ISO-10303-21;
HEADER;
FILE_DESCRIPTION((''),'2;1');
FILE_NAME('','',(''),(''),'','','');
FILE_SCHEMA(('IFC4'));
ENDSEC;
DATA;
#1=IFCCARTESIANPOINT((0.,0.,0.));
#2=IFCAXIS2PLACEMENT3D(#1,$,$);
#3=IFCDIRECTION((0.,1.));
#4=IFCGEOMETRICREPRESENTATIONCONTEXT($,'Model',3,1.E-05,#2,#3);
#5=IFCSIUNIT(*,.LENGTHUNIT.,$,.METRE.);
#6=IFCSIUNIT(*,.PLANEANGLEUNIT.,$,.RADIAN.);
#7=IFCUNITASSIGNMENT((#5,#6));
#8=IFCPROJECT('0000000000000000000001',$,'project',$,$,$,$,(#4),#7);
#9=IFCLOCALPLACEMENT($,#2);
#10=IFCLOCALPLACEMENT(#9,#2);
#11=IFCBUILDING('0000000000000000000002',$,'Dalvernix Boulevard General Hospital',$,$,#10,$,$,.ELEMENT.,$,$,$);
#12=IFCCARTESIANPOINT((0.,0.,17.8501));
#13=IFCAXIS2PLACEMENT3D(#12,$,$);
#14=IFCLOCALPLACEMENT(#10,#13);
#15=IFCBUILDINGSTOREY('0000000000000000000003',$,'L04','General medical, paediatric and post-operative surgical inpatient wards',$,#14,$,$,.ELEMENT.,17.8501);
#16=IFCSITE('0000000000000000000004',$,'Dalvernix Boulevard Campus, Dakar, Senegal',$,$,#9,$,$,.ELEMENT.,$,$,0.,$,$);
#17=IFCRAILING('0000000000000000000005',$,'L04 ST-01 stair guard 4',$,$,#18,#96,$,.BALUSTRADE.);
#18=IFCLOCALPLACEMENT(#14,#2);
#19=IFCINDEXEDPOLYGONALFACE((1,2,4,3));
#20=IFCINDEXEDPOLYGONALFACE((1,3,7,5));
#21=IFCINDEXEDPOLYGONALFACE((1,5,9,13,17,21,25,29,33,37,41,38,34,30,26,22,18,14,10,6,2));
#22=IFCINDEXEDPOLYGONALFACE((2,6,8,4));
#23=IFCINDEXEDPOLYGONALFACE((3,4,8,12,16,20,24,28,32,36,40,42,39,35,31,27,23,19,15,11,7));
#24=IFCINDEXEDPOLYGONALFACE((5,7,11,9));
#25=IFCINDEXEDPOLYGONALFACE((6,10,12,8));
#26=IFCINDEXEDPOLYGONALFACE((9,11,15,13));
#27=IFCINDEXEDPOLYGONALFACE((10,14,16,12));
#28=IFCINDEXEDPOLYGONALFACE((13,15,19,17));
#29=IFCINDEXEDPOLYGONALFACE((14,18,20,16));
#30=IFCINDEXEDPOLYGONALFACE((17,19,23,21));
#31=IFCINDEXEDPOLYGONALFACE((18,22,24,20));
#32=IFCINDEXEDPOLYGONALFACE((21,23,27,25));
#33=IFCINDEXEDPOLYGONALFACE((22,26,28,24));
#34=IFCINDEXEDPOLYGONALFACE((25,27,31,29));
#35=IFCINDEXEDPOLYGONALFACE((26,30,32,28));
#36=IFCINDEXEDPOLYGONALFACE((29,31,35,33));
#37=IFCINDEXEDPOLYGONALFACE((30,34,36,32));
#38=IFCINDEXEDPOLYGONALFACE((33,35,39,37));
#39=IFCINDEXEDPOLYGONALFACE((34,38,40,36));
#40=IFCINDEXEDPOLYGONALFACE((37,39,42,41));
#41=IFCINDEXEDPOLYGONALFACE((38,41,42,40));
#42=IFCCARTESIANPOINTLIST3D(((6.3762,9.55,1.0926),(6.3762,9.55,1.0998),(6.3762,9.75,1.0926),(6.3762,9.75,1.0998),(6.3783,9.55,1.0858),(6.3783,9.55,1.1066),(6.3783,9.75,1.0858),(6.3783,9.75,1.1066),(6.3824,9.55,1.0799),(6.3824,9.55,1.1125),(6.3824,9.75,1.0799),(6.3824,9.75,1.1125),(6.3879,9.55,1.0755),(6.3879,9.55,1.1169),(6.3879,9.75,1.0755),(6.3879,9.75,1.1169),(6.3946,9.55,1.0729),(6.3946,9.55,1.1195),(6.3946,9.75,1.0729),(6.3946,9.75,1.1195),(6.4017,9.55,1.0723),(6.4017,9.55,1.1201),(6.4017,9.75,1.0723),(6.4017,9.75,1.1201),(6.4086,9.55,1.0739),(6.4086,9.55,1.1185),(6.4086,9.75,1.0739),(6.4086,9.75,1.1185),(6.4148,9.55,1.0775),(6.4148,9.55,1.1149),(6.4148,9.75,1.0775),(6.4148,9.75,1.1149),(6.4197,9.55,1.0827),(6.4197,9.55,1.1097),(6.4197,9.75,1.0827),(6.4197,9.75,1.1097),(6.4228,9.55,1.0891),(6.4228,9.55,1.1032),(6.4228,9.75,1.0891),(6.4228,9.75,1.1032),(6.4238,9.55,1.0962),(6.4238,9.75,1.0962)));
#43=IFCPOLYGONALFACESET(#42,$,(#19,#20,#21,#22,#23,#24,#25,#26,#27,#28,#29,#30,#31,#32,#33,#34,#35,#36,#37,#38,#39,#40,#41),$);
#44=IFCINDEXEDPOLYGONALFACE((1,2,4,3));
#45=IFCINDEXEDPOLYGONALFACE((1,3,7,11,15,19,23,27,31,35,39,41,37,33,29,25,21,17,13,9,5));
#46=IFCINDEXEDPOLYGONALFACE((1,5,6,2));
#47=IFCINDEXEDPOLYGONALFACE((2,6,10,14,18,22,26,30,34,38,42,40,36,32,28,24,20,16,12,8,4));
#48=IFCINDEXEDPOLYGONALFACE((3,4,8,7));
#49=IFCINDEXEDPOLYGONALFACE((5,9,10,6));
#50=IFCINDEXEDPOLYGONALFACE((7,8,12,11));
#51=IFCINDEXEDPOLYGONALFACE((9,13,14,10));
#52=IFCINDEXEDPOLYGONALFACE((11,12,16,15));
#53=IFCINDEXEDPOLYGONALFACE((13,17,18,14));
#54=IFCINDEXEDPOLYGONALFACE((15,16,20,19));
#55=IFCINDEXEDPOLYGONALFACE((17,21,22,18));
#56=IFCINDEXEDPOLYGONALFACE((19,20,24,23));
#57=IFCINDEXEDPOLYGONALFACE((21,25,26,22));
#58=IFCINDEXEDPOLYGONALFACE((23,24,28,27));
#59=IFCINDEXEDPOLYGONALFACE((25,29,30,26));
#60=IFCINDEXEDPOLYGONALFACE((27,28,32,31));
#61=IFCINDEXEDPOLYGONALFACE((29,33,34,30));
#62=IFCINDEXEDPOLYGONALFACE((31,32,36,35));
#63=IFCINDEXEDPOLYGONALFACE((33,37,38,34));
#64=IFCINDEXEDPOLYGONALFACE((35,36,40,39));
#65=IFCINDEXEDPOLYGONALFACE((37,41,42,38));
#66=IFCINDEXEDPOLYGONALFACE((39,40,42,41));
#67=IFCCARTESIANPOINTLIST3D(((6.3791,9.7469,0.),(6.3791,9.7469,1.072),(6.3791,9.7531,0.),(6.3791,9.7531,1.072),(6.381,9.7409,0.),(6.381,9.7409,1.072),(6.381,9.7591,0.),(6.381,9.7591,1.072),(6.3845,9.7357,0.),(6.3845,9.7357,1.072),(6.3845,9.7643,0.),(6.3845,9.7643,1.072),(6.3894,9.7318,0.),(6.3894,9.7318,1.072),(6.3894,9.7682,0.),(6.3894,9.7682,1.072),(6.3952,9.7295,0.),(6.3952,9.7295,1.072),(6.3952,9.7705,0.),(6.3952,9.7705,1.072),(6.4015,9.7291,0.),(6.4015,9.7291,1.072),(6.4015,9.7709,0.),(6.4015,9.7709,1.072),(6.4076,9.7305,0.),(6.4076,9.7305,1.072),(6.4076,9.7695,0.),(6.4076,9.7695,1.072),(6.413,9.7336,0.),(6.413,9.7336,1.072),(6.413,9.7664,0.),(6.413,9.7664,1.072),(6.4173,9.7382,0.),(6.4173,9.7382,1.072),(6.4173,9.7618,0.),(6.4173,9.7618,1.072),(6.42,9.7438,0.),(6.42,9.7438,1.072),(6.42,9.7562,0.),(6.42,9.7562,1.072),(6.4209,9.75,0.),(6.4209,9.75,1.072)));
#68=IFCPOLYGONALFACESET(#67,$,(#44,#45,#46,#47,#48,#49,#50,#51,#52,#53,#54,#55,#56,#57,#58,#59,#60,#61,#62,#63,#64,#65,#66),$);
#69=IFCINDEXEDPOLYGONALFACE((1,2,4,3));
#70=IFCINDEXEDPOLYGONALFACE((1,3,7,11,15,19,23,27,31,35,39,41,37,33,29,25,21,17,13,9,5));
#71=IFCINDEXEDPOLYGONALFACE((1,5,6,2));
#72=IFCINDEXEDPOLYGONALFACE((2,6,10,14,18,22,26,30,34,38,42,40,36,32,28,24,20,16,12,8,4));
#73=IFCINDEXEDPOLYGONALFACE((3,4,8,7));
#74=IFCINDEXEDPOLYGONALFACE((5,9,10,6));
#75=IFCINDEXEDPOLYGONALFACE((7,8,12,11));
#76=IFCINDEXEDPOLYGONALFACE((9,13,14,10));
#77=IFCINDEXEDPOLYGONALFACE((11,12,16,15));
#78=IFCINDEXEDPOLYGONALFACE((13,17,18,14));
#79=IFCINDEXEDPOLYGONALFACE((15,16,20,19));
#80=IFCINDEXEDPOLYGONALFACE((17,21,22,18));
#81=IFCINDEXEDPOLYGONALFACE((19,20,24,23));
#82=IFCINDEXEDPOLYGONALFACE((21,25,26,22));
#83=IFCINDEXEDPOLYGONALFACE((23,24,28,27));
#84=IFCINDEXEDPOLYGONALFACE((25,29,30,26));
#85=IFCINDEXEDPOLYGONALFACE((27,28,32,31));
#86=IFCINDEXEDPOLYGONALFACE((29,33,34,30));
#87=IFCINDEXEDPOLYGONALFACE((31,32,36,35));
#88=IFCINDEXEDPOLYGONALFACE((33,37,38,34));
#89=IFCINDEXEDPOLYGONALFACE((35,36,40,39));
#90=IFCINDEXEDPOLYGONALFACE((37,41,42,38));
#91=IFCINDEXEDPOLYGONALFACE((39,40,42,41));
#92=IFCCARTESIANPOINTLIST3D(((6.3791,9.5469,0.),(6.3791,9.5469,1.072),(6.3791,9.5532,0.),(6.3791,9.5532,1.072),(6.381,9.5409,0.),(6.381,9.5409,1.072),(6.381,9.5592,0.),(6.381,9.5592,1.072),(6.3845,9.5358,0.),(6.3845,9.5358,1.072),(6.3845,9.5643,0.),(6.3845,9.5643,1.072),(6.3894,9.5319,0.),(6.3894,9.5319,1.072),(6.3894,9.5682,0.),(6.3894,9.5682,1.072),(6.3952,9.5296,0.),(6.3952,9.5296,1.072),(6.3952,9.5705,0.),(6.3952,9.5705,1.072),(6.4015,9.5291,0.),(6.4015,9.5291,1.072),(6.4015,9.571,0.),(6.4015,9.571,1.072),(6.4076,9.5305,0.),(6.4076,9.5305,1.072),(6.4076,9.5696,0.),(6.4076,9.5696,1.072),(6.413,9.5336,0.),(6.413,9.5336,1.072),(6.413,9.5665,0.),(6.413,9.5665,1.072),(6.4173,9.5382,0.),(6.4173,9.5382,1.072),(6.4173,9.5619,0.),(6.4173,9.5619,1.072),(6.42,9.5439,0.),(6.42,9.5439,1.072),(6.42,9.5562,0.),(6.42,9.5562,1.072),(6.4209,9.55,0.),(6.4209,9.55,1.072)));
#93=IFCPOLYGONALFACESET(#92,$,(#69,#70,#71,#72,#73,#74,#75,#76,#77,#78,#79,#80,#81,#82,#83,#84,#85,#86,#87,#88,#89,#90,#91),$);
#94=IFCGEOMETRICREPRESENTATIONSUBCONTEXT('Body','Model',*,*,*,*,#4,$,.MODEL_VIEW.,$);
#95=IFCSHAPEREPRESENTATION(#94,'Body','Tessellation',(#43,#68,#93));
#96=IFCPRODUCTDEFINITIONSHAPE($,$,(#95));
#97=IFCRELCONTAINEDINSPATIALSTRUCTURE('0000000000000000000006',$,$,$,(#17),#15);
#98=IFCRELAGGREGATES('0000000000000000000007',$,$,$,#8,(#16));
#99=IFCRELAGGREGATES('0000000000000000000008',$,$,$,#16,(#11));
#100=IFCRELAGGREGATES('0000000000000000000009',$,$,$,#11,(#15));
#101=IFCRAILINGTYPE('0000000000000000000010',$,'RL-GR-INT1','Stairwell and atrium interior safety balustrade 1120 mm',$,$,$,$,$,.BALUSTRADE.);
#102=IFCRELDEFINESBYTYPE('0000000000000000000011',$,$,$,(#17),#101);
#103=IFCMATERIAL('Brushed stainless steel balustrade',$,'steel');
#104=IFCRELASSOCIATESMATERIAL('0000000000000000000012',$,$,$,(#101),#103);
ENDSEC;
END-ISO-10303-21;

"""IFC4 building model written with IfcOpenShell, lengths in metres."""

from ifc_helpers import new_model, si_unit, direction, frame, origin, origin_2d, place, context, subcontext, project, spatial, circle, extrude, material, type_object, element, save


model = new_model("IFC4")

# Units and contexts
model_context = context("Model", 3, precision=1e-05, world=origin(), true_north=direction((0.0, 1.0)))
body_context = subcontext(model_context, "Body", "Model", "MODEL_VIEW")
ifc_project = project(units=[si_unit("LENGTHUNIT", "METRE"), si_unit("PLANEANGLEUNIT", "RADIAN")], contexts=[model_context])

# Site, building, storey
site_placement = place(None, origin())
site = spatial("IfcSite", under=ifc_project, at=site_placement, Name="Dalvernix Boulevard Campus, Dakar, Senegal", CompositionType="ELEMENT", RefElevation=0.0)
building_placement = place(site_placement, origin())
building = spatial("IfcBuilding", under=site, at=building_placement, Name="Dalvernix Boulevard General Hospital", CompositionType="ELEMENT")
storey_placement = place(building_placement, frame((0.0, 0.0, 17.8501)))
storey = spatial("IfcBuildingStorey", under=building, at=storey_placement, Name="L04", Description="General medical, paediatric and post-operative surgical inpatient wards", CompositionType="ELEMENT", Elevation=17.8501)

# Railing
ifc_material_1 = material(Name="Brushed stainless steel balustrade", Category="steel")
railing_type = type_object("IfcRailingType", Name="RL-GR-INT1", Description="Stairwell and atrium interior safety balustrade 1120 mm", PredefinedType="BALUSTRADE", material=ifc_material_1)
railing_1_placement = place(storey_placement, frame((6.3999, 9.75, 0.0)))
element("IfcRailing", 1, at=railing_1_placement, inside=storey, type_object=railing_type, Name="L04 ST-01 stair guard 4", PredefinedType="BALUSTRADE", context=body_context, shape_type="SweptSolid", body=[
    extrude(circle(Radius=0.0239, at=origin_2d()), frame((0.0, 0.0, 1.0962), z_axis=(0.0, -1.0, 0.0), x_axis=(1.0, 0.0, 0.0)), (0.0, 0.0, 1.0), 0.2),
    extrude(circle(Radius=0.021, at=origin_2d()), origin(), (0.0, 0.0, 1.0), 1.072),
    extrude(circle(Radius=0.021, at=origin_2d()), frame((0.0, -0.2, 0.0)), (0.0, 0.0, 1.0), 1.072),
])

save(model, "model.ifc")
